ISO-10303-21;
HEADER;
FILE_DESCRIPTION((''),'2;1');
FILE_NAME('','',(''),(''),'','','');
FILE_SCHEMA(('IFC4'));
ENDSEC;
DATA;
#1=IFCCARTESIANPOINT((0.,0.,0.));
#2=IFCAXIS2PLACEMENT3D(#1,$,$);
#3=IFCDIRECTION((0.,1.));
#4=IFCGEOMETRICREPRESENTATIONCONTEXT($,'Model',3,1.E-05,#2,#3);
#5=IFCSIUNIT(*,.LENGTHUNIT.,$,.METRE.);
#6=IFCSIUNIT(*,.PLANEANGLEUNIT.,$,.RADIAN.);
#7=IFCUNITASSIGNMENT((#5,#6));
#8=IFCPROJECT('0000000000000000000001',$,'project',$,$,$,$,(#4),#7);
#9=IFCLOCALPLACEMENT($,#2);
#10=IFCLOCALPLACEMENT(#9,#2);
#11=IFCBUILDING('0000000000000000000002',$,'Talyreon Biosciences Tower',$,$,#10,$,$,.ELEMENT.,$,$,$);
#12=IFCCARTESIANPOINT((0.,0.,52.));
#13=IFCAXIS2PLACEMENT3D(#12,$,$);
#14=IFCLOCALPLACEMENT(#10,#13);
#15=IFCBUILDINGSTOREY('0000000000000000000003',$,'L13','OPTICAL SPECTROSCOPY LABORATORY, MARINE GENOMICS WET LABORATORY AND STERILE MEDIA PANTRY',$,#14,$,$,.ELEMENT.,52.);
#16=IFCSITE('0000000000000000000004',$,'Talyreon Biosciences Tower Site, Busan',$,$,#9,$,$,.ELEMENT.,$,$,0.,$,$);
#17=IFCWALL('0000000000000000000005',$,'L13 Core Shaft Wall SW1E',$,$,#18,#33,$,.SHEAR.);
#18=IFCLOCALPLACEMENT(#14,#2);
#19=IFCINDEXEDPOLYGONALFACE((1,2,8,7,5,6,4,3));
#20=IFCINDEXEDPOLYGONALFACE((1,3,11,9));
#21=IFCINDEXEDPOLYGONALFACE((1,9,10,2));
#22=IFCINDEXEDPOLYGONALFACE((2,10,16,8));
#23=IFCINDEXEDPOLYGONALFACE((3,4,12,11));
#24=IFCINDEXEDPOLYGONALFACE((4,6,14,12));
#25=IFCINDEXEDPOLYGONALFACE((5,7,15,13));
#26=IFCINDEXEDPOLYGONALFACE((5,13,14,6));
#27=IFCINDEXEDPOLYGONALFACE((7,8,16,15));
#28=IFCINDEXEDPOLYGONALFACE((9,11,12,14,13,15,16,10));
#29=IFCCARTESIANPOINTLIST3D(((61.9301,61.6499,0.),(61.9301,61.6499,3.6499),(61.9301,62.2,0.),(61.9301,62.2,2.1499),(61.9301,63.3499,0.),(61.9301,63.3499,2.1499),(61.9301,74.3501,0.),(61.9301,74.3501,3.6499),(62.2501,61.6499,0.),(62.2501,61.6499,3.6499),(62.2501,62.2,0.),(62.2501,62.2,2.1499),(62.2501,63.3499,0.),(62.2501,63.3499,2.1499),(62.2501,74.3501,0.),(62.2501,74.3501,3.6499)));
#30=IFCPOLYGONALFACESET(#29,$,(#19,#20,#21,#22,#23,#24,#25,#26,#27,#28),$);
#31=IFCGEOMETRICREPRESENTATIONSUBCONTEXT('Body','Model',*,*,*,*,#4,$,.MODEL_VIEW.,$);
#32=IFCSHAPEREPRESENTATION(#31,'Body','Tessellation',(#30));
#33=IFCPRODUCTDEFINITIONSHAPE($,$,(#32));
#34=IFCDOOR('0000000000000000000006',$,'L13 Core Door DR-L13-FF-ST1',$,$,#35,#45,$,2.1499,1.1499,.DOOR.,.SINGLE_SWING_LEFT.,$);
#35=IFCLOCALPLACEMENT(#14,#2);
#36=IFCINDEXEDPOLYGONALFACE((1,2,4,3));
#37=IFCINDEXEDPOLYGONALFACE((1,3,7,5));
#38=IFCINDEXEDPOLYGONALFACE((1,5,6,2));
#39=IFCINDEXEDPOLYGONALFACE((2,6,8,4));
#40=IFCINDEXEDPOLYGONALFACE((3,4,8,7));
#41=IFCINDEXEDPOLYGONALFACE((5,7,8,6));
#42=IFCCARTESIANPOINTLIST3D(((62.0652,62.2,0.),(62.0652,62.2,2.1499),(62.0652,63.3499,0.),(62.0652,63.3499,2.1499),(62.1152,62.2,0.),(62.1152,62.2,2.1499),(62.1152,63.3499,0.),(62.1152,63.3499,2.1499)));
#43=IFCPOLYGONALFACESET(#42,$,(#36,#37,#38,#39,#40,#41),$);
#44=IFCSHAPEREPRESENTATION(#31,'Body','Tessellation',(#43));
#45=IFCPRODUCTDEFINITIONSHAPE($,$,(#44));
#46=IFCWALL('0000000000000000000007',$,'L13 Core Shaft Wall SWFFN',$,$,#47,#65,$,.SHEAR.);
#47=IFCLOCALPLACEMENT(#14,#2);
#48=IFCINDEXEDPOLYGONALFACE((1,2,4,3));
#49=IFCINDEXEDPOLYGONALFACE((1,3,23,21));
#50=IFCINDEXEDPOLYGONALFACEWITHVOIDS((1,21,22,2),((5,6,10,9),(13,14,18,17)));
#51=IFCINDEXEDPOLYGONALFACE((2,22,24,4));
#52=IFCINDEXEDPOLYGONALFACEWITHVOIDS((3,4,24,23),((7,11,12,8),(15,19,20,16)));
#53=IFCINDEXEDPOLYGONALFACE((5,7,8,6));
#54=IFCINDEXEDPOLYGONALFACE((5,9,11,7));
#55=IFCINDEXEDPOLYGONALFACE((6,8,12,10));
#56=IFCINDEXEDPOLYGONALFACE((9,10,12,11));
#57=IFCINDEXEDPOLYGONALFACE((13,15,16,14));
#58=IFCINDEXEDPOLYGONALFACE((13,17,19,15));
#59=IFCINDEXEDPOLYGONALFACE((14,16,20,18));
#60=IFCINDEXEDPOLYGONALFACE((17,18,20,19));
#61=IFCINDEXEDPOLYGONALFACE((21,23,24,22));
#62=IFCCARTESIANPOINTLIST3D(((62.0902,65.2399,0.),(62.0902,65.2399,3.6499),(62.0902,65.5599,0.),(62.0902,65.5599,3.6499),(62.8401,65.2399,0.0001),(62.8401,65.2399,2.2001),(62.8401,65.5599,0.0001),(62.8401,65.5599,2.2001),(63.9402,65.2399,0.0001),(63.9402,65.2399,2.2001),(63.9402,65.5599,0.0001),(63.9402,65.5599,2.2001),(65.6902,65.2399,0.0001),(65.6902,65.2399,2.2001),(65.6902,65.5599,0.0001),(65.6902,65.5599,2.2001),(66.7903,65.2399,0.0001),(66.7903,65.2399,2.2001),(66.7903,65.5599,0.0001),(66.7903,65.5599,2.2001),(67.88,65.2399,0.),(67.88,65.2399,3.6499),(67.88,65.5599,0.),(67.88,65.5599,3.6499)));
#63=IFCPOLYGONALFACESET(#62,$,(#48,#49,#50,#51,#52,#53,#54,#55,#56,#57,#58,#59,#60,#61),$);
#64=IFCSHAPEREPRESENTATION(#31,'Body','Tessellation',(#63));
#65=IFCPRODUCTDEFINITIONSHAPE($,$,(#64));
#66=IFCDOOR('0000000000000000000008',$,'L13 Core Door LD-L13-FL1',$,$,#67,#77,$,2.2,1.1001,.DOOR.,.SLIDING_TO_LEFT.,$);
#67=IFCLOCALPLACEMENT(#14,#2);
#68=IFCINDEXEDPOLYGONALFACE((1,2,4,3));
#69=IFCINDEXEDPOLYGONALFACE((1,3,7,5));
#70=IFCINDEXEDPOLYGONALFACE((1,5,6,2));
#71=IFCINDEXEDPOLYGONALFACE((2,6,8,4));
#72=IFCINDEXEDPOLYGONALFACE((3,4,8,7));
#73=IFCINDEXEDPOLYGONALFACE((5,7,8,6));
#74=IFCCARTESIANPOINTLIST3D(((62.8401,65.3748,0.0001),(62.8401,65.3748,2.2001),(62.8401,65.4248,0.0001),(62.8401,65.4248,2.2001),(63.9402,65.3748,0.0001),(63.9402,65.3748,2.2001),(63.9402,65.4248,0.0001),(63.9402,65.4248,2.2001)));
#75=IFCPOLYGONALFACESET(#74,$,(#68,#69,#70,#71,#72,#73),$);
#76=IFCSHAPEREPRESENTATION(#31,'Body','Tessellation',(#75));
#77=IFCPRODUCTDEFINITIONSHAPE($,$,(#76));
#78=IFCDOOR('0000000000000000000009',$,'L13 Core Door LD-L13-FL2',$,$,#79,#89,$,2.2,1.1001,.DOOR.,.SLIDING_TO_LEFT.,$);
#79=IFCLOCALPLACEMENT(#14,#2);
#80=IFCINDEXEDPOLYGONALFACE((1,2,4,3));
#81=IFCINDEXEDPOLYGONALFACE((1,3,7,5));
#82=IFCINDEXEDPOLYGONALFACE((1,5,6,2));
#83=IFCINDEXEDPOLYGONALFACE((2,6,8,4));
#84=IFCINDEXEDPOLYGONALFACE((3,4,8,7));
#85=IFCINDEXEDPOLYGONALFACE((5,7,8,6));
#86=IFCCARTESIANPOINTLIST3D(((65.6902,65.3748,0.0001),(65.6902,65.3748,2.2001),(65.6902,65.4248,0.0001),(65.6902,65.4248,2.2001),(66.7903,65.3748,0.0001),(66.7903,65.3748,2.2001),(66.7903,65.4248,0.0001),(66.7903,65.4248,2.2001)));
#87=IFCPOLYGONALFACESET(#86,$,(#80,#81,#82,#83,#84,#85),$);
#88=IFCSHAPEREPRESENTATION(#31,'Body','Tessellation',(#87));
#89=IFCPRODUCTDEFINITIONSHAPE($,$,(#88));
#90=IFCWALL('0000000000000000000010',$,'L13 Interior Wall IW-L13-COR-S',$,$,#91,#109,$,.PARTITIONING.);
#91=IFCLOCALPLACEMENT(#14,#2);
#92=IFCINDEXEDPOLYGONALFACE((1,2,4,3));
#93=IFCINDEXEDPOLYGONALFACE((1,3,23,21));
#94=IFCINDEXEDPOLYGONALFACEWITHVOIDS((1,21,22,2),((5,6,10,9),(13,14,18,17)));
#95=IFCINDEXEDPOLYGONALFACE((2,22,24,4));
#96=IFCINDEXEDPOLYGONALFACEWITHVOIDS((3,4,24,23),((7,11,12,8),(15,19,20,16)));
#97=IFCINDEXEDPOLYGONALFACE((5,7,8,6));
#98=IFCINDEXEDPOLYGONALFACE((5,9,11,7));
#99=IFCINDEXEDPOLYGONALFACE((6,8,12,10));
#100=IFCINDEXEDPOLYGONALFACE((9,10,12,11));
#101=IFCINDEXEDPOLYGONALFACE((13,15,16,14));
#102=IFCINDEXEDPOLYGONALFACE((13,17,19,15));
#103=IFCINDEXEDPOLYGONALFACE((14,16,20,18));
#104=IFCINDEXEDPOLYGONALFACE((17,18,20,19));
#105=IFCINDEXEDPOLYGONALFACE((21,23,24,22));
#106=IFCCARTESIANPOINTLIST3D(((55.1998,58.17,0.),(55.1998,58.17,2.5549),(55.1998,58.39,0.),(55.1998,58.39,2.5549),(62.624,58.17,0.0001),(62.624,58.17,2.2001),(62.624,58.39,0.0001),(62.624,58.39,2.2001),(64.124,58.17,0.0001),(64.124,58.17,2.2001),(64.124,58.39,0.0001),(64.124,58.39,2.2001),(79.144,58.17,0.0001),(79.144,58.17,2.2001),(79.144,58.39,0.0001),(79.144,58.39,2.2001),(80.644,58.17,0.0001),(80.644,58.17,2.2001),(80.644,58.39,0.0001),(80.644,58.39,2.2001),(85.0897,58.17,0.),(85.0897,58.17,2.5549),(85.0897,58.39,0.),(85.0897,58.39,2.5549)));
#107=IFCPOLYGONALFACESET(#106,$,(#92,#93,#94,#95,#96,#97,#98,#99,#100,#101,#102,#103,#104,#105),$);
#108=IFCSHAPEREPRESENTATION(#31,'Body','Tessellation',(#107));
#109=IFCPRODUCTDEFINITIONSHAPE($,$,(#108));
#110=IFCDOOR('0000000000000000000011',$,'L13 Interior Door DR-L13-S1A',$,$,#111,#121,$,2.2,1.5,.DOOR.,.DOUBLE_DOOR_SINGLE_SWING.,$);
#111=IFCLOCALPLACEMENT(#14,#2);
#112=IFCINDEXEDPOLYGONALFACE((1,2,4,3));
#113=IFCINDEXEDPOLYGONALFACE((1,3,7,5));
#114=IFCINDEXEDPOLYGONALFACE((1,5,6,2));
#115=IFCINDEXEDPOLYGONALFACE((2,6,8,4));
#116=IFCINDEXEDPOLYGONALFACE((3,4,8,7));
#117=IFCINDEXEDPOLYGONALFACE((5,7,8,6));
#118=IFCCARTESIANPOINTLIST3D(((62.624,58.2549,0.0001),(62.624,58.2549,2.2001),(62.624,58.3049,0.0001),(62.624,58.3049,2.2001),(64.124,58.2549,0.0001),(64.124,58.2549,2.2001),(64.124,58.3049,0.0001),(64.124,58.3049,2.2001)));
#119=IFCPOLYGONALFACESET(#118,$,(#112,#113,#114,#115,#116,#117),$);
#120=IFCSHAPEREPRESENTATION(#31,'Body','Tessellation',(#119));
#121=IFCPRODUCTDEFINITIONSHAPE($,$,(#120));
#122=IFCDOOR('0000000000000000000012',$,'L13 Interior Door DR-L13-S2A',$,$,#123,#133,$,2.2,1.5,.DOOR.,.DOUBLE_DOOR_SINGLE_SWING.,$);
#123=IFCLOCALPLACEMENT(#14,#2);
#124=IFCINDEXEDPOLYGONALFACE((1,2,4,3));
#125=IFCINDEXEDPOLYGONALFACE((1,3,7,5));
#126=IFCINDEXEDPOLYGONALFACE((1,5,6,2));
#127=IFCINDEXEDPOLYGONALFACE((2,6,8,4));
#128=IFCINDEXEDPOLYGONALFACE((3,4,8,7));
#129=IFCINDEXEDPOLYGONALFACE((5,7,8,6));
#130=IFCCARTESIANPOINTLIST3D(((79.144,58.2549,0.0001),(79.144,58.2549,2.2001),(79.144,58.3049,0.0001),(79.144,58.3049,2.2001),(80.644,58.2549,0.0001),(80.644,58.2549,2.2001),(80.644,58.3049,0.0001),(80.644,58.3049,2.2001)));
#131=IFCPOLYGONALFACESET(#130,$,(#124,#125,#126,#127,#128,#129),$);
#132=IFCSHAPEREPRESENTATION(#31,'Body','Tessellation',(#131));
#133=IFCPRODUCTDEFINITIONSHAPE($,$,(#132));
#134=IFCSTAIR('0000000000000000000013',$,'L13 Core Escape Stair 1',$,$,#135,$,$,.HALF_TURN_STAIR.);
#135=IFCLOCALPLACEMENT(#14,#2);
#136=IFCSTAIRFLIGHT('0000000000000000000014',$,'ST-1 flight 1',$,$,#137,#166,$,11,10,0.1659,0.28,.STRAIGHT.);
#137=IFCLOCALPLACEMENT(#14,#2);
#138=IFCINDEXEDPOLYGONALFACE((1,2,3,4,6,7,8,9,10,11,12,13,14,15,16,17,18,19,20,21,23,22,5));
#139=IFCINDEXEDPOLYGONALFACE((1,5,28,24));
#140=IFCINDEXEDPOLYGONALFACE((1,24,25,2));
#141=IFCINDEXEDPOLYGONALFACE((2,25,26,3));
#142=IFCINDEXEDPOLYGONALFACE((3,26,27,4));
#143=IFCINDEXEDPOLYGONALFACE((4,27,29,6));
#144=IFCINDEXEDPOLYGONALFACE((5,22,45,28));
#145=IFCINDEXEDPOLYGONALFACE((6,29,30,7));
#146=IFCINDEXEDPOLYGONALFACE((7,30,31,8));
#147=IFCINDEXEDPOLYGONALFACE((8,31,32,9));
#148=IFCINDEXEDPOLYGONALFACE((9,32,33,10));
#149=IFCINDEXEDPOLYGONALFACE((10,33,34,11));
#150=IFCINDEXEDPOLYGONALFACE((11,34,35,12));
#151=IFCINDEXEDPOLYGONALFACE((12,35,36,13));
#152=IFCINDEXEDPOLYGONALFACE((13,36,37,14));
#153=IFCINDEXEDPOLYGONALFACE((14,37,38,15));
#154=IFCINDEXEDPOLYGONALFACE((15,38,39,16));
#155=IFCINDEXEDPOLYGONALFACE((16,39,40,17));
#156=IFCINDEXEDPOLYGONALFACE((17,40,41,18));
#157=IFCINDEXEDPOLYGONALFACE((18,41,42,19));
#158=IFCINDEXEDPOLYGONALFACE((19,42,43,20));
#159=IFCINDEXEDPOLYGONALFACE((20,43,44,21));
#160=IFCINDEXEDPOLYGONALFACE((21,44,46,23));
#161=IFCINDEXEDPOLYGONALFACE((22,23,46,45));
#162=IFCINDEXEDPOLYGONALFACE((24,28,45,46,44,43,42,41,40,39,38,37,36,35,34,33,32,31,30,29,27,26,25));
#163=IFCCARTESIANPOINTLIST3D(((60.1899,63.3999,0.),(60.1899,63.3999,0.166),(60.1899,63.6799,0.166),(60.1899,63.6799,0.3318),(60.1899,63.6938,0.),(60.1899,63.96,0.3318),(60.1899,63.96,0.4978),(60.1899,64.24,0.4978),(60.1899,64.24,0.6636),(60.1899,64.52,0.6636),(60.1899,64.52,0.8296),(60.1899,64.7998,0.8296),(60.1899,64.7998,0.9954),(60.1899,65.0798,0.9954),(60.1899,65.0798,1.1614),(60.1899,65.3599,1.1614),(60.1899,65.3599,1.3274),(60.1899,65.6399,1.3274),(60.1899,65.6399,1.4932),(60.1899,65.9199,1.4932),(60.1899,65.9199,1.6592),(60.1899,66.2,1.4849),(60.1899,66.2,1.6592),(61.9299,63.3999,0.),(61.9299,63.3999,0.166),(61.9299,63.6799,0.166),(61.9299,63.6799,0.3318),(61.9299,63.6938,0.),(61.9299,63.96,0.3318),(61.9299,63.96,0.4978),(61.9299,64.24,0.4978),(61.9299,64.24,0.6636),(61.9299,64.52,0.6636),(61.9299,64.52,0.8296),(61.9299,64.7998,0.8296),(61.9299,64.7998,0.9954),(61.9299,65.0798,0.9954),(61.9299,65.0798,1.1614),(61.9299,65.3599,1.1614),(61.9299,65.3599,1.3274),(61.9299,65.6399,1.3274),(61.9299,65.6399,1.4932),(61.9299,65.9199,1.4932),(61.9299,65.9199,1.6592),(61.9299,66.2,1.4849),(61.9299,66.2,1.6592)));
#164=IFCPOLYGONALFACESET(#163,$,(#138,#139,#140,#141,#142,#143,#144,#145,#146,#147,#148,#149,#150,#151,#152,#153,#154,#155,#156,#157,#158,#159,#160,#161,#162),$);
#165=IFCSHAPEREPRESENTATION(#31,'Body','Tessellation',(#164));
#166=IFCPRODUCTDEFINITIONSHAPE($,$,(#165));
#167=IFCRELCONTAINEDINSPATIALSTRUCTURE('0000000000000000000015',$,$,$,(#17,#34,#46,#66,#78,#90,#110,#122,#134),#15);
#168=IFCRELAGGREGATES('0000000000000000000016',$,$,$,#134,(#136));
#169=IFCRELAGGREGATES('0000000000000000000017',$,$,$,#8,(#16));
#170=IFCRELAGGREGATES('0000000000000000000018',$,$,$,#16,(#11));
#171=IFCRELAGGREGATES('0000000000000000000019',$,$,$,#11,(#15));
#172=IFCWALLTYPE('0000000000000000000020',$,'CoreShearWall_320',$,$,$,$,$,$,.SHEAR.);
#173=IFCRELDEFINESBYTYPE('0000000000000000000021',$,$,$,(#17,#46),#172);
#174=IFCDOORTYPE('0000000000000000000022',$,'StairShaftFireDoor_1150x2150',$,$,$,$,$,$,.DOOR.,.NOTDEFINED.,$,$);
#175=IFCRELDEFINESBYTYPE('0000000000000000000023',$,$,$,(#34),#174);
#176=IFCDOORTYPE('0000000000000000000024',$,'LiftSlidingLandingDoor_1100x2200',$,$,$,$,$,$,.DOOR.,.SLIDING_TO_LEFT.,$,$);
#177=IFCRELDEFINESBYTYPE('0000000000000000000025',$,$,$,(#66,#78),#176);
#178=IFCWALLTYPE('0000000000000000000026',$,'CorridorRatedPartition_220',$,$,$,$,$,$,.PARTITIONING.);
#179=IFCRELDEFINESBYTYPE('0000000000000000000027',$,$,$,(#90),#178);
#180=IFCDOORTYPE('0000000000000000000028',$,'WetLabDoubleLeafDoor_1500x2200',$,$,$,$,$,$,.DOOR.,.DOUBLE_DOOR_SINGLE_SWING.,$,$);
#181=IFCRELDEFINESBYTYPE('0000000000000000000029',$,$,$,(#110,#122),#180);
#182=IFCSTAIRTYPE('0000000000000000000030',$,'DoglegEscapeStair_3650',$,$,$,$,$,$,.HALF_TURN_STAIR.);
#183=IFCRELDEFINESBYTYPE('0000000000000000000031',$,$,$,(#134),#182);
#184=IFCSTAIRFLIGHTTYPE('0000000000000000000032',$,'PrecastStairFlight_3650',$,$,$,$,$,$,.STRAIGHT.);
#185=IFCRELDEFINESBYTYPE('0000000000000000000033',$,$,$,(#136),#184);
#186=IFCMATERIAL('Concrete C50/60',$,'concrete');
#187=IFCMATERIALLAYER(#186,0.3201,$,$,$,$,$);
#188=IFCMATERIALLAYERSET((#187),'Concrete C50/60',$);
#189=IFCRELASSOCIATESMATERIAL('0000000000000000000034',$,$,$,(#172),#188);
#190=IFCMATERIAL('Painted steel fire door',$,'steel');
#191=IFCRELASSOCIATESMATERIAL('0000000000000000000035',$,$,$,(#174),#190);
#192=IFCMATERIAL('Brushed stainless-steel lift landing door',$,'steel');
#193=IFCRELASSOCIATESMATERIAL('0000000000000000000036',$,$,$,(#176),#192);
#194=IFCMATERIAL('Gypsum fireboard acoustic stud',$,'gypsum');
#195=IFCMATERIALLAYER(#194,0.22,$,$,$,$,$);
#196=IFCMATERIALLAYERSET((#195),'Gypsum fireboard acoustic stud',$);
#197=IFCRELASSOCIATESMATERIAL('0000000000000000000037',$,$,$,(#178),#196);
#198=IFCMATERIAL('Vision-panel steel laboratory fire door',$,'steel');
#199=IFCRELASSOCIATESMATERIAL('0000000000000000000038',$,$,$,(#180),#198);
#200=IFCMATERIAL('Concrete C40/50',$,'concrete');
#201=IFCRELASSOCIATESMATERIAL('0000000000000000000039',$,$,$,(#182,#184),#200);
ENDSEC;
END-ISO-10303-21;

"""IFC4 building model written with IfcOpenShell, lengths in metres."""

from ifc_helpers import new_model, si_unit, direction, frame, frame_2d, origin, place, context, subcontext, project, spatial, polyline, rectangle, outline, extrude, material, layer, layer_set, type_object, element, fill, aggregate, save


model = new_model("IFC4")

# Units and contexts
model_context = context("Model", 3, precision=1e-05, world=origin(), true_north=direction((0.0, 1.0)))
body_context = subcontext(model_context, "Body", "Model", "MODEL_VIEW")
ifc_project = project(units=[si_unit("LENGTHUNIT", "METRE"), si_unit("PLANEANGLEUNIT", "RADIAN")], contexts=[model_context])

# Site, building, storey
site_placement = place(None, origin())
site = spatial("IfcSite", under=ifc_project, at=site_placement, Name="Talyreon Biosciences Tower Site, Busan", CompositionType="ELEMENT", RefElevation=0.0)
building_placement = place(site_placement, origin())
building = spatial("IfcBuilding", under=site, at=building_placement, Name="Talyreon Biosciences Tower", CompositionType="ELEMENT")
storey_placement = place(building_placement, frame((0.0, 0.0, 52.0)))
storey = spatial("IfcBuildingStorey", under=building, at=storey_placement, Name="L13", Description="OPTICAL SPECTROSCOPY LABORATORY, MARINE GENOMICS WET LABORATORY AND STERILE MEDIA PANTRY", CompositionType="ELEMENT", Elevation=52.0)

# Shared definitions
ifc_material_1 = material(Name="Concrete C50/60", Category="concrete")

# Wall, opening, door
ifc_layer_1 = layer(ifc_material_1, 0.3201)
ifc_layer_set_1 = layer_set([ifc_layer_1], Name="Concrete C50/60")
wall_type_1 = type_object("IfcWallType", Name="CoreShearWall_320", PredefinedType="SHEAR", material=ifc_layer_set_1)
wall_1_placement = place(storey_placement, frame((62.0901, 61.6499, 0.0), z_axis=(0.0, 0.0, 1.0), x_axis=(0.0, 1.0, 0.0)))
wall_1 = element("IfcWall", 1, at=wall_1_placement, inside=storey, type_object=wall_type_1, Name="L13 Core Shaft Wall SW1E", PredefinedType="SHEAR", context=body_context, shape_type="SweptSolid", body=[
    extrude(rectangle(XDim=12.7002, YDim=0.3201, at=frame_2d((6.3501, 0.0))), origin(), (0.0, 0.0, 1.0), 3.6499),
])
opening_1_placement = place(wall_1_placement, frame((0.55, 0.0, 0.0)))
opening_1 = element("IfcOpeningElement", 2, at=opening_1_placement, cuts=wall_1, PredefinedType="OPENING", context=body_context, shape_type="SweptSolid", body=[
    extrude(rectangle(XDim=1.1499, YDim=2.1499, at=frame_2d((0.575, 1.075))), frame((0.0, 0.1699, 0.0), z_axis=(0.0, -1.0, 0.0), x_axis=(1.0, 0.0, 0.0)), (0.0, 0.0, 1.0), 0.3401),
])
ifc_material_2 = material(Name="Painted steel fire door", Category="steel")
door_type_1 = type_object("IfcDoorType", Name="StairShaftFireDoor_1150x2150", OperationType="NOTDEFINED", PredefinedType="DOOR", material=ifc_material_2)
door_1_placement = place(opening_1_placement, origin())
door_1 = element("IfcDoor", 3, at=door_1_placement, inside=storey, type_object=door_type_1, Name="L13 Core Door DR-L13-FF-ST1", OperationType="SINGLE_SWING_LEFT", OverallHeight=2.1499, OverallWidth=1.1499, PredefinedType="DOOR", context=body_context, shape_type="SweptSolid", body=[
    extrude(rectangle(XDim=1.1499, YDim=2.1499, at=frame_2d((0.575, 1.075))), frame((0.0, 0.0249, 0.0), z_axis=(0.0, -1.0, 0.0), x_axis=(1.0, 0.0, 0.0)), (0.0, 0.0, 1.0), 0.05),
])
fill(opening_1, door_1)

# Walls, openings, doors
wall_2_placement = place(storey_placement, frame((62.0901, 65.3999, 0.0), z_axis=(0.0, 0.0, 1.0), x_axis=(1.0, 0.0, 0.0)))
wall_2 = element("IfcWall", 4, at=wall_2_placement, inside=storey, type_object=wall_type_1, Name="L13 Core Shaft Wall SWFFN", PredefinedType="SHEAR", context=body_context, shape_type="SweptSolid", body=[
    extrude(rectangle(XDim=5.7898, YDim=0.3201, at=frame_2d((2.895, 0.0))), origin(), (0.0, 0.0, 1.0), 3.6499),
])
opening_2_placement = place(wall_2_placement, frame((0.75, 0.0, 0.0)))
opening_2 = element("IfcOpeningElement", 5, at=opening_2_placement, cuts=wall_2, PredefinedType="OPENING", context=body_context, shape_type="SweptSolid", body=[
    extrude(rectangle(XDim=1.1001, YDim=2.2, at=frame_2d((0.55, 1.1001))), frame((0.0, 0.1699, 0.0), z_axis=(0.0, -1.0, 0.0), x_axis=(1.0, 0.0, 0.0)), (0.0, 0.0, 1.0), 0.3401),
])
opening_3_placement = place(wall_2_placement, frame((3.6001, 0.0, 0.0)))
opening_3 = element("IfcOpeningElement", 6, at=opening_3_placement, cuts=wall_2, PredefinedType="OPENING", context=body_context, shape_type="SweptSolid", body=[
    extrude(rectangle(XDim=1.1001, YDim=2.2, at=frame_2d((0.55, 1.1001))), frame((0.0, 0.1699, 0.0), z_axis=(0.0, -1.0, 0.0), x_axis=(1.0, 0.0, 0.0)), (0.0, 0.0, 1.0), 0.3401),
])
ifc_material_3 = material(Name="Brushed stainless-steel lift landing door", Category="steel")
door_type_2 = type_object("IfcDoorType", Name="LiftSlidingLandingDoor_1100x2200", OperationType="SLIDING_TO_LEFT", PredefinedType="DOOR", material=ifc_material_3)
door_2_placement = place(opening_2_placement, origin())
door_2 = element("IfcDoor", 7, at=door_2_placement, inside=storey, type_object=door_type_2, Name="L13 Core Door LD-L13-FL1", OperationType="SLIDING_TO_LEFT", OverallHeight=2.2, OverallWidth=1.1001, PredefinedType="DOOR", context=body_context, shape_type="SweptSolid", body=[
    extrude(rectangle(XDim=1.1001, YDim=2.2, at=frame_2d((0.55, 1.1001))), frame((0.0, 0.0249, 0.0), z_axis=(0.0, -1.0, 0.0), x_axis=(1.0, 0.0, 0.0)), (0.0, 0.0, 1.0), 0.05),
])
fill(opening_2, door_2)
door_3_placement = place(opening_3_placement, origin())
door_3 = element("IfcDoor", 8, at=door_3_placement, inside=storey, type_object=door_type_2, Name="L13 Core Door LD-L13-FL2", OperationType="SLIDING_TO_LEFT", OverallHeight=2.2, OverallWidth=1.1001, PredefinedType="DOOR", context=body_context, shape_type="SweptSolid", body=[
    extrude(rectangle(XDim=1.1001, YDim=2.2, at=frame_2d((0.55, 1.1001))), frame((0.0, 0.0249, 0.0), z_axis=(0.0, -1.0, 0.0), x_axis=(1.0, 0.0, 0.0)), (0.0, 0.0, 1.0), 0.05),
])
fill(opening_3, door_3)
ifc_material_4 = material(Name="Gypsum fireboard acoustic stud", Category="gypsum")
ifc_layer_2 = layer(ifc_material_4, 0.22)
ifc_layer_set_2 = layer_set([ifc_layer_2], Name="Gypsum fireboard acoustic stud")
wall_type_2 = type_object("IfcWallType", Name="CorridorRatedPartition_220", PredefinedType="PARTITIONING", material=ifc_layer_set_2)
wall_3_placement = place(storey_placement, frame((55.2, 58.28, 0.0), z_axis=(0.0, 0.0, 1.0), x_axis=(1.0, 0.0, 0.0)))
wall_3 = element("IfcWall", 9, at=wall_3_placement, inside=storey, type_object=wall_type_2, Name="L13 Interior Wall IW-L13-COR-S", PredefinedType="PARTITIONING", context=body_context, shape_type="SweptSolid", body=[
    extrude(rectangle(XDim=29.8899, YDim=0.22, at=frame_2d((14.9448, 0.0))), origin(), (0.0, 0.0, 1.0), 2.5549),
])
opening_4_placement = place(wall_3_placement, frame((7.4241, 0.0, 0.0)))
opening_4 = element("IfcOpeningElement", 10, at=opening_4_placement, cuts=wall_3, PredefinedType="OPENING", context=body_context, shape_type="SweptSolid", body=[
    extrude(rectangle(XDim=1.5, YDim=2.2, at=frame_2d((0.75, 1.1001))), frame((0.0, 0.1199, 0.0), z_axis=(0.0, -1.0, 0.0), x_axis=(1.0, 0.0, 0.0)), (0.0, 0.0, 1.0), 0.24),
])
opening_5_placement = place(wall_3_placement, frame((23.9441, 0.0, 0.0)))
opening_5 = element("IfcOpeningElement", 11, at=opening_5_placement, cuts=wall_3, PredefinedType="OPENING", context=body_context, shape_type="SweptSolid", body=[
    extrude(rectangle(XDim=1.5, YDim=2.2, at=frame_2d((0.75, 1.1001))), frame((0.0, 0.1199, 0.0), z_axis=(0.0, -1.0, 0.0), x_axis=(1.0, 0.0, 0.0)), (0.0, 0.0, 1.0), 0.24),
])
ifc_material_5 = material(Name="Vision-panel steel laboratory fire door", Category="steel")
door_type_3 = type_object("IfcDoorType", Name="WetLabDoubleLeafDoor_1500x2200", OperationType="DOUBLE_DOOR_SINGLE_SWING", PredefinedType="DOOR", material=ifc_material_5)
door_4_placement = place(opening_4_placement, origin())
door_4 = element("IfcDoor", 12, at=door_4_placement, inside=storey, type_object=door_type_3, Name="L13 Interior Door DR-L13-S1A", OperationType="DOUBLE_DOOR_SINGLE_SWING", OverallHeight=2.2, OverallWidth=1.5, PredefinedType="DOOR", context=body_context, shape_type="SweptSolid", body=[
    extrude(rectangle(XDim=1.5, YDim=2.2, at=frame_2d((0.75, 1.1001))), frame((0.0, 0.0249, 0.0), z_axis=(0.0, -1.0, 0.0), x_axis=(1.0, 0.0, 0.0)), (0.0, 0.0, 1.0), 0.05),
])
fill(opening_4, door_4)
door_5_placement = place(opening_5_placement, origin())
door_5 = element("IfcDoor", 13, at=door_5_placement, inside=storey, type_object=door_type_3, Name="L13 Interior Door DR-L13-S2A", OperationType="DOUBLE_DOOR_SINGLE_SWING", OverallHeight=2.2, OverallWidth=1.5, PredefinedType="DOOR", context=body_context, shape_type="SweptSolid", body=[
    extrude(rectangle(XDim=1.5, YDim=2.2, at=frame_2d((0.75, 1.1001))), frame((0.0, 0.0249, 0.0), z_axis=(0.0, -1.0, 0.0), x_axis=(1.0, 0.0, 0.0)), (0.0, 0.0, 1.0), 0.05),
])
fill(opening_5, door_5)

# Stair, stair flight
ifc_material_6 = material(Name="Concrete C40/50", Category="concrete")
stair_type = type_object("IfcStairType", Name="DoglegEscapeStair_3650", PredefinedType="HALF_TURN_STAIR", material=ifc_material_6)
stair_placement = place(storey_placement, origin())
stair = element("IfcStair", 14, at=stair_placement, inside=storey, type_object=stair_type, Name="L13 Core Escape Stair 1", PredefinedType="HALF_TURN_STAIR")
stair_flight_type = type_object("IfcStairFlightType", Name="PrecastStairFlight_3650", PredefinedType="STRAIGHT", material=ifc_material_6)
stair_flight_placement = place(storey_placement, frame((61.0601, 63.3999, 0.0), z_axis=(0.0, 0.0, 1.0), x_axis=(0.0, 1.0, 0.0)))
stair_flight = element("IfcStairFlight", 15, at=stair_flight_placement, type_object=stair_flight_type, Name="ST-1 flight 1", NumberOfRisers=11, NumberOfTreads=10, PredefinedType="STRAIGHT", RiserHeight=0.1659, TreadLength=0.28, context=body_context, shape_type="SweptSolid", body=[
    extrude(outline(polyline([(0.0, 0.0), (0.0, 0.166), (0.28, 0.166), (0.28, 0.3318), (0.5601, 0.3318), (0.5601, 0.4978), (0.8401, 0.4978), (0.8401, 0.6636), (1.1201, 0.6636), (1.1201, 0.8296), (1.3999, 0.8296), (1.3999, 0.9954), (1.6799, 0.9954), (1.6799, 1.1614), (1.96, 1.1614), (1.96, 1.3274), (2.24, 1.3274), (2.24, 1.4932), (2.52, 1.4932), (2.52, 1.6592), (2.8, 1.6592), (2.8, 1.825), (2.8, 1.4849), (0.2939, 0.0), (0.0, 0.0)])), frame((0.0, 0.8701, 0.0), z_axis=(0.0, -1.0, 0.0), x_axis=(1.0, 0.0, 0.0)), (0.0, 0.0, 1.0), 1.74),
])
aggregate(stair, [stair_flight])

save(model, "model.ifc")
